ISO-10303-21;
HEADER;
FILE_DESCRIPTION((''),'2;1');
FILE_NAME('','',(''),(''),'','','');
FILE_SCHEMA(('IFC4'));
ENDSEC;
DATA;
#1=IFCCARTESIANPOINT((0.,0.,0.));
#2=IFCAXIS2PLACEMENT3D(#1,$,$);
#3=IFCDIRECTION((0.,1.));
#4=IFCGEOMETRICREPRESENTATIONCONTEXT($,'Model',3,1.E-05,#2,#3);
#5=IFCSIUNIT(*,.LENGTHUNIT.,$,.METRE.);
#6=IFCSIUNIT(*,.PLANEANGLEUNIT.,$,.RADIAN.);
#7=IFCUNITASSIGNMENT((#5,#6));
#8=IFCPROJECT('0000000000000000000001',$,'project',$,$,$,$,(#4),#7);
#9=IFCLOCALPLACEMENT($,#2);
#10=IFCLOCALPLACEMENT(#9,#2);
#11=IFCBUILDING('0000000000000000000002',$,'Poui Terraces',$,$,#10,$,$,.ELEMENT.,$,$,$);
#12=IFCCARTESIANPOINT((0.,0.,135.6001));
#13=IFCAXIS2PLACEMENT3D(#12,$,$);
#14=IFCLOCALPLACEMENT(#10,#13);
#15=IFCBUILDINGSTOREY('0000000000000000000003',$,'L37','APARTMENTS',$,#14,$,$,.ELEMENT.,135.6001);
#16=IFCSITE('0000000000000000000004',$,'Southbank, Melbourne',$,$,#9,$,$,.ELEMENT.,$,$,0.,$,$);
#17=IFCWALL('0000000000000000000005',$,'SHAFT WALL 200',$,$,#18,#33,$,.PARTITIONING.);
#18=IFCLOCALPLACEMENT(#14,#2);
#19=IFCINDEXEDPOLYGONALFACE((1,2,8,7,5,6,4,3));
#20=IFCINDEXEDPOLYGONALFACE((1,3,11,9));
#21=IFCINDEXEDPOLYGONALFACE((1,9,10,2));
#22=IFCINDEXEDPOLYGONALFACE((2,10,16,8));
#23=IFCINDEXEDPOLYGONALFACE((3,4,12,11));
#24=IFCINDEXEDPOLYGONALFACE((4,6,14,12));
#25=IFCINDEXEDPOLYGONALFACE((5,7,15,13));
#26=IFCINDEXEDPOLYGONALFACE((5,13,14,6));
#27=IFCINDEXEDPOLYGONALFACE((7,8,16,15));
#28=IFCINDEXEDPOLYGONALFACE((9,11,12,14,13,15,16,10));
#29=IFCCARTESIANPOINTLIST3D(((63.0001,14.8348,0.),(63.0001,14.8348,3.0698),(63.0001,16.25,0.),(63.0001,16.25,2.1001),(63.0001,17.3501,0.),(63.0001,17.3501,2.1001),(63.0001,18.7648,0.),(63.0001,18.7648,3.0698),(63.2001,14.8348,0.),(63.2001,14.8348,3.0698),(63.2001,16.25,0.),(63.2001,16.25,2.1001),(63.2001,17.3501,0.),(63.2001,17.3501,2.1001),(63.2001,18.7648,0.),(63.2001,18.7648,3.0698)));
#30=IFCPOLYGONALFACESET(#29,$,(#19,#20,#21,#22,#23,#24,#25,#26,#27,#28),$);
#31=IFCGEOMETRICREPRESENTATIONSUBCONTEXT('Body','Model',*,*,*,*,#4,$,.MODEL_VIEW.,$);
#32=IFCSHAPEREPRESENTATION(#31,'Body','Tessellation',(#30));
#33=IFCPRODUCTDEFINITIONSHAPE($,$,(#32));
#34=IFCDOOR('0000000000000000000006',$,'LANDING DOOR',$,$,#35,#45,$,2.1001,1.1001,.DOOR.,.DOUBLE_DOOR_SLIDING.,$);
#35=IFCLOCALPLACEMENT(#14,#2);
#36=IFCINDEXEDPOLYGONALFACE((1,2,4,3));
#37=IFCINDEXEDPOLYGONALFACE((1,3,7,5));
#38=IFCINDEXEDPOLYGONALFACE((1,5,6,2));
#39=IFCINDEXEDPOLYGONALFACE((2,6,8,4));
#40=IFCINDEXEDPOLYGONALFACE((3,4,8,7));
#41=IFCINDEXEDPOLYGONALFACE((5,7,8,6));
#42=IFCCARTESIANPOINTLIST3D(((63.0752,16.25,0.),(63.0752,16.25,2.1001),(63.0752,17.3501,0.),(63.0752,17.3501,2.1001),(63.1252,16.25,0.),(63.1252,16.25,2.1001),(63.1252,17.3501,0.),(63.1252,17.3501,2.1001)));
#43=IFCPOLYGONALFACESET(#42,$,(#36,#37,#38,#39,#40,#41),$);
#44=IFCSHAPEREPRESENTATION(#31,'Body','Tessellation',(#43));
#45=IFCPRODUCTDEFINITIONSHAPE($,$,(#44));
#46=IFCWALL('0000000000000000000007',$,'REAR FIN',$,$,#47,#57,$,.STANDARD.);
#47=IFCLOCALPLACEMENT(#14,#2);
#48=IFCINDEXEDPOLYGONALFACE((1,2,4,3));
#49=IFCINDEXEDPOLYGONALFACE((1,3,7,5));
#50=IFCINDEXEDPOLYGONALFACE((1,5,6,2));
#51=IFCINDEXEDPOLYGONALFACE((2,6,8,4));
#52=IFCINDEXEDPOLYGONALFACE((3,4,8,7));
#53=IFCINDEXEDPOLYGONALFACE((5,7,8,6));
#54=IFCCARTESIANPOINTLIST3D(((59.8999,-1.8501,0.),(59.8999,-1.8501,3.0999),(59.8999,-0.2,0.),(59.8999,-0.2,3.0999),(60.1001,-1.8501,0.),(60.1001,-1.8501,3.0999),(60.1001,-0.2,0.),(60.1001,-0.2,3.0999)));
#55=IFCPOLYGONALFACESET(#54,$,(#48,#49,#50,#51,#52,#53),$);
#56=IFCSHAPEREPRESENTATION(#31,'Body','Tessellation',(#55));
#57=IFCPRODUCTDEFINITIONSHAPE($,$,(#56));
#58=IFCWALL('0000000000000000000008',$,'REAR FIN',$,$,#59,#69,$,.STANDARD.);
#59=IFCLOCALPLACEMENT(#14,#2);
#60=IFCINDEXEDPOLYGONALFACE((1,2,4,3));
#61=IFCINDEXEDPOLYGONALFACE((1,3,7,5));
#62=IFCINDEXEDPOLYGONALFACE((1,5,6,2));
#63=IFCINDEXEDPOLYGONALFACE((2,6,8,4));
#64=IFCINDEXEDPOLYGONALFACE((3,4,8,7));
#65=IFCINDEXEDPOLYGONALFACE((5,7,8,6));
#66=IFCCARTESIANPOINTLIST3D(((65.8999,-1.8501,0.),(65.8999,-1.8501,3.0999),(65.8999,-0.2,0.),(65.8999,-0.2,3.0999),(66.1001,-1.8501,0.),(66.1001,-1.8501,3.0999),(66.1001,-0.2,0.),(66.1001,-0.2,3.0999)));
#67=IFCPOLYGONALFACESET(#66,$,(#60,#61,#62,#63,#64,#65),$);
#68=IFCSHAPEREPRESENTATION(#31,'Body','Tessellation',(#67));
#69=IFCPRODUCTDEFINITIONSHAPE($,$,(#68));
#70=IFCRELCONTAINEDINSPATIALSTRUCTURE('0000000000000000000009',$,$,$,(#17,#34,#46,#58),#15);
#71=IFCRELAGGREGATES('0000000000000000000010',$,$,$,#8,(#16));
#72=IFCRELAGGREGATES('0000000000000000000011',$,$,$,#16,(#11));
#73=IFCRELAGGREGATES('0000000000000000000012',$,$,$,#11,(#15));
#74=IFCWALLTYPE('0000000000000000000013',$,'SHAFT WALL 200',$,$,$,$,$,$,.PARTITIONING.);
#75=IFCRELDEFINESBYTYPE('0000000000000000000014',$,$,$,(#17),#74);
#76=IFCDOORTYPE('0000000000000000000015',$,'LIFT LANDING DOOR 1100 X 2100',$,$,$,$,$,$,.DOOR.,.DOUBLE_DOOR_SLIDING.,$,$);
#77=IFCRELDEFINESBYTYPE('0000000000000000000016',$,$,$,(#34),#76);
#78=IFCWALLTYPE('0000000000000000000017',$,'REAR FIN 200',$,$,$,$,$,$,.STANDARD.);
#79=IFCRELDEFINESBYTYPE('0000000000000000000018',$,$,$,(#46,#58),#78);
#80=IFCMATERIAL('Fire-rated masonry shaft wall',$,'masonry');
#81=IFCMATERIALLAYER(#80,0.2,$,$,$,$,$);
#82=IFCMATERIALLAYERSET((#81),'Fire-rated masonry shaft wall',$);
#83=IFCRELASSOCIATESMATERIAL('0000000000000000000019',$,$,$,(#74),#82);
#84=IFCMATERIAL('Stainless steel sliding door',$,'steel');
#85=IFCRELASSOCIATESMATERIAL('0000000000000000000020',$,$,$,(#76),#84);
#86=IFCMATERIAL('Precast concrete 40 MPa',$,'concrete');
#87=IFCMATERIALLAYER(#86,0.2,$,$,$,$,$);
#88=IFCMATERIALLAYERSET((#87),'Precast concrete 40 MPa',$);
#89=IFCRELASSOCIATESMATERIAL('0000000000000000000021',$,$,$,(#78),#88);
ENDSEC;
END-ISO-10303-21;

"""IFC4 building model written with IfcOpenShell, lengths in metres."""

from ifc_helpers import new_model, si_unit, direction, frame, frame_2d, origin, place, context, subcontext, project, spatial, polyline, rectangle, outline, extrude, source, transform, mapped, material, layer, layer_set, type_object, element, fill, save


model = new_model("IFC4")

# Units and contexts
model_context = context("Model", 3, precision=1e-05, world=origin(), true_north=direction((0.0, 1.0)))
body_context = subcontext(model_context, "Body", "Model", "MODEL_VIEW")
ifc_project = project(units=[si_unit("LENGTHUNIT", "METRE"), si_unit("PLANEANGLEUNIT", "RADIAN")], contexts=[model_context])

# Site, building, storey
site_placement = place(None, origin())
site = spatial("IfcSite", under=ifc_project, at=site_placement, Name="Southbank, Melbourne", CompositionType="ELEMENT", RefElevation=0.0)
building_placement = place(site_placement, origin())
building = spatial("IfcBuilding", under=site, at=building_placement, Name="Poui Terraces", CompositionType="ELEMENT")
storey_placement = place(building_placement, frame((0.0, 0.0, 135.6001)))
storey = spatial("IfcBuildingStorey", under=building, at=storey_placement, Name="L37", Description="APARTMENTS", CompositionType="ELEMENT", Elevation=135.6001)

# Shared definitions
ifc_material_1 = material(Name="Precast concrete 40 MPa", Category="concrete")

# Shared definitions
ifc_material_2 = material(Name="Fire-rated masonry shaft wall", Category="masonry")
ifc_layer_1 = layer(ifc_material_2, 0.2)
ifc_layer_set_1 = layer_set([ifc_layer_1], Name="Fire-rated masonry shaft wall")
wall_type_1 = type_object("IfcWallType", Name="SHAFT WALL 200", PredefinedType="PARTITIONING", material=ifc_layer_set_1)

# Wall, opening, door
wall_1_placement = place(storey_placement, frame((63.1001, 14.835, 0.0), z_axis=(0.0, 0.0, 1.0), x_axis=(0.0, 1.0, 0.0)))
wall_1 = element("IfcWall", 1, at=wall_1_placement, inside=storey, type_object=wall_type_1, Name="SHAFT WALL 200", PredefinedType="PARTITIONING", context=body_context, shape_type="SweptSolid", body=[
    extrude(rectangle(XDim=3.9299, YDim=0.2, at=frame_2d((1.9648, 0.0))), origin(), (0.0, 0.0, 1.0), 3.0698),
])
opening_1_placement = place(wall_1_placement, frame((1.415, 0.0, 0.0)))
opening_1 = element("IfcOpeningElement", 2, at=opening_1_placement, cuts=wall_1, PredefinedType="OPENING", context=body_context, shape_type="SweptSolid", body=[
    extrude(rectangle(XDim=1.1001, YDim=2.1001, at=frame_2d((0.55, 1.05))), frame((0.0, 0.1099, 0.0), z_axis=(0.0, -1.0, 0.0), x_axis=(1.0, 0.0, 0.0)), (0.0, 0.0, 1.0), 0.22),
])
ifc_material_3 = material(Name="Stainless steel sliding door", Category="steel")
door_type_1 = type_object("IfcDoorType", Name="LIFT LANDING DOOR 1100 X 2100", OperationType="DOUBLE_DOOR_SLIDING", PredefinedType="DOOR", material=ifc_material_3)
door_1_placement = place(opening_1_placement, origin())
door_1 = element("IfcDoor", 3, at=door_1_placement, inside=storey, type_object=door_type_1, Name="LANDING DOOR", OperationType="DOUBLE_DOOR_SLIDING", OverallHeight=2.1001, OverallWidth=1.1001, PredefinedType="DOOR", context=body_context, shape_type="SweptSolid", body=[
    extrude(rectangle(XDim=1.1001, YDim=2.1001, at=frame_2d((0.55, 1.05))), frame((0.0, 0.0249, 0.0), z_axis=(0.0, -1.0, 0.0), x_axis=(1.0, 0.0, 0.0)), (0.0, 0.0, 1.0), 0.05),
])
fill(opening_1, door_1)

# Walls
ifc_layer_2 = layer(ifc_material_1, 0.2)
ifc_layer_set_2 = layer_set([ifc_layer_2], Name="Precast concrete 40 MPa")
wall_type_2 = type_object("IfcWallType", Name="REAR FIN 200", PredefinedType="STANDARD", material=ifc_layer_set_2)
shared_shape_1 = source(origin(), body_context, "Body", "SweptSolid", [
    extrude(outline(polyline([(0.0, 0.0), (0.2002, 0.0), (0.2002, 1.6501), (0.0, 1.6501), (0.0, 0.0)])), origin(), (0.0, 0.0, 1.0), 3.0999),
])
for number, where, name in (
    (4, (59.8999, -1.8501, 0.0), "REAR FIN"),
    (5, (65.8999, -1.8501, 0.0), "REAR FIN"),
):
    element("IfcWall", number, at=place(storey_placement, frame(where)), inside=storey, type_object=wall_type_2, Name=name, PredefinedType="STANDARD", context=body_context, shape_type="MappedRepresentation", body=[
        mapped(shared_shape_1, transform((0.0, 0.0, 0.0))),
    ])

save(model, "model.ifc")
